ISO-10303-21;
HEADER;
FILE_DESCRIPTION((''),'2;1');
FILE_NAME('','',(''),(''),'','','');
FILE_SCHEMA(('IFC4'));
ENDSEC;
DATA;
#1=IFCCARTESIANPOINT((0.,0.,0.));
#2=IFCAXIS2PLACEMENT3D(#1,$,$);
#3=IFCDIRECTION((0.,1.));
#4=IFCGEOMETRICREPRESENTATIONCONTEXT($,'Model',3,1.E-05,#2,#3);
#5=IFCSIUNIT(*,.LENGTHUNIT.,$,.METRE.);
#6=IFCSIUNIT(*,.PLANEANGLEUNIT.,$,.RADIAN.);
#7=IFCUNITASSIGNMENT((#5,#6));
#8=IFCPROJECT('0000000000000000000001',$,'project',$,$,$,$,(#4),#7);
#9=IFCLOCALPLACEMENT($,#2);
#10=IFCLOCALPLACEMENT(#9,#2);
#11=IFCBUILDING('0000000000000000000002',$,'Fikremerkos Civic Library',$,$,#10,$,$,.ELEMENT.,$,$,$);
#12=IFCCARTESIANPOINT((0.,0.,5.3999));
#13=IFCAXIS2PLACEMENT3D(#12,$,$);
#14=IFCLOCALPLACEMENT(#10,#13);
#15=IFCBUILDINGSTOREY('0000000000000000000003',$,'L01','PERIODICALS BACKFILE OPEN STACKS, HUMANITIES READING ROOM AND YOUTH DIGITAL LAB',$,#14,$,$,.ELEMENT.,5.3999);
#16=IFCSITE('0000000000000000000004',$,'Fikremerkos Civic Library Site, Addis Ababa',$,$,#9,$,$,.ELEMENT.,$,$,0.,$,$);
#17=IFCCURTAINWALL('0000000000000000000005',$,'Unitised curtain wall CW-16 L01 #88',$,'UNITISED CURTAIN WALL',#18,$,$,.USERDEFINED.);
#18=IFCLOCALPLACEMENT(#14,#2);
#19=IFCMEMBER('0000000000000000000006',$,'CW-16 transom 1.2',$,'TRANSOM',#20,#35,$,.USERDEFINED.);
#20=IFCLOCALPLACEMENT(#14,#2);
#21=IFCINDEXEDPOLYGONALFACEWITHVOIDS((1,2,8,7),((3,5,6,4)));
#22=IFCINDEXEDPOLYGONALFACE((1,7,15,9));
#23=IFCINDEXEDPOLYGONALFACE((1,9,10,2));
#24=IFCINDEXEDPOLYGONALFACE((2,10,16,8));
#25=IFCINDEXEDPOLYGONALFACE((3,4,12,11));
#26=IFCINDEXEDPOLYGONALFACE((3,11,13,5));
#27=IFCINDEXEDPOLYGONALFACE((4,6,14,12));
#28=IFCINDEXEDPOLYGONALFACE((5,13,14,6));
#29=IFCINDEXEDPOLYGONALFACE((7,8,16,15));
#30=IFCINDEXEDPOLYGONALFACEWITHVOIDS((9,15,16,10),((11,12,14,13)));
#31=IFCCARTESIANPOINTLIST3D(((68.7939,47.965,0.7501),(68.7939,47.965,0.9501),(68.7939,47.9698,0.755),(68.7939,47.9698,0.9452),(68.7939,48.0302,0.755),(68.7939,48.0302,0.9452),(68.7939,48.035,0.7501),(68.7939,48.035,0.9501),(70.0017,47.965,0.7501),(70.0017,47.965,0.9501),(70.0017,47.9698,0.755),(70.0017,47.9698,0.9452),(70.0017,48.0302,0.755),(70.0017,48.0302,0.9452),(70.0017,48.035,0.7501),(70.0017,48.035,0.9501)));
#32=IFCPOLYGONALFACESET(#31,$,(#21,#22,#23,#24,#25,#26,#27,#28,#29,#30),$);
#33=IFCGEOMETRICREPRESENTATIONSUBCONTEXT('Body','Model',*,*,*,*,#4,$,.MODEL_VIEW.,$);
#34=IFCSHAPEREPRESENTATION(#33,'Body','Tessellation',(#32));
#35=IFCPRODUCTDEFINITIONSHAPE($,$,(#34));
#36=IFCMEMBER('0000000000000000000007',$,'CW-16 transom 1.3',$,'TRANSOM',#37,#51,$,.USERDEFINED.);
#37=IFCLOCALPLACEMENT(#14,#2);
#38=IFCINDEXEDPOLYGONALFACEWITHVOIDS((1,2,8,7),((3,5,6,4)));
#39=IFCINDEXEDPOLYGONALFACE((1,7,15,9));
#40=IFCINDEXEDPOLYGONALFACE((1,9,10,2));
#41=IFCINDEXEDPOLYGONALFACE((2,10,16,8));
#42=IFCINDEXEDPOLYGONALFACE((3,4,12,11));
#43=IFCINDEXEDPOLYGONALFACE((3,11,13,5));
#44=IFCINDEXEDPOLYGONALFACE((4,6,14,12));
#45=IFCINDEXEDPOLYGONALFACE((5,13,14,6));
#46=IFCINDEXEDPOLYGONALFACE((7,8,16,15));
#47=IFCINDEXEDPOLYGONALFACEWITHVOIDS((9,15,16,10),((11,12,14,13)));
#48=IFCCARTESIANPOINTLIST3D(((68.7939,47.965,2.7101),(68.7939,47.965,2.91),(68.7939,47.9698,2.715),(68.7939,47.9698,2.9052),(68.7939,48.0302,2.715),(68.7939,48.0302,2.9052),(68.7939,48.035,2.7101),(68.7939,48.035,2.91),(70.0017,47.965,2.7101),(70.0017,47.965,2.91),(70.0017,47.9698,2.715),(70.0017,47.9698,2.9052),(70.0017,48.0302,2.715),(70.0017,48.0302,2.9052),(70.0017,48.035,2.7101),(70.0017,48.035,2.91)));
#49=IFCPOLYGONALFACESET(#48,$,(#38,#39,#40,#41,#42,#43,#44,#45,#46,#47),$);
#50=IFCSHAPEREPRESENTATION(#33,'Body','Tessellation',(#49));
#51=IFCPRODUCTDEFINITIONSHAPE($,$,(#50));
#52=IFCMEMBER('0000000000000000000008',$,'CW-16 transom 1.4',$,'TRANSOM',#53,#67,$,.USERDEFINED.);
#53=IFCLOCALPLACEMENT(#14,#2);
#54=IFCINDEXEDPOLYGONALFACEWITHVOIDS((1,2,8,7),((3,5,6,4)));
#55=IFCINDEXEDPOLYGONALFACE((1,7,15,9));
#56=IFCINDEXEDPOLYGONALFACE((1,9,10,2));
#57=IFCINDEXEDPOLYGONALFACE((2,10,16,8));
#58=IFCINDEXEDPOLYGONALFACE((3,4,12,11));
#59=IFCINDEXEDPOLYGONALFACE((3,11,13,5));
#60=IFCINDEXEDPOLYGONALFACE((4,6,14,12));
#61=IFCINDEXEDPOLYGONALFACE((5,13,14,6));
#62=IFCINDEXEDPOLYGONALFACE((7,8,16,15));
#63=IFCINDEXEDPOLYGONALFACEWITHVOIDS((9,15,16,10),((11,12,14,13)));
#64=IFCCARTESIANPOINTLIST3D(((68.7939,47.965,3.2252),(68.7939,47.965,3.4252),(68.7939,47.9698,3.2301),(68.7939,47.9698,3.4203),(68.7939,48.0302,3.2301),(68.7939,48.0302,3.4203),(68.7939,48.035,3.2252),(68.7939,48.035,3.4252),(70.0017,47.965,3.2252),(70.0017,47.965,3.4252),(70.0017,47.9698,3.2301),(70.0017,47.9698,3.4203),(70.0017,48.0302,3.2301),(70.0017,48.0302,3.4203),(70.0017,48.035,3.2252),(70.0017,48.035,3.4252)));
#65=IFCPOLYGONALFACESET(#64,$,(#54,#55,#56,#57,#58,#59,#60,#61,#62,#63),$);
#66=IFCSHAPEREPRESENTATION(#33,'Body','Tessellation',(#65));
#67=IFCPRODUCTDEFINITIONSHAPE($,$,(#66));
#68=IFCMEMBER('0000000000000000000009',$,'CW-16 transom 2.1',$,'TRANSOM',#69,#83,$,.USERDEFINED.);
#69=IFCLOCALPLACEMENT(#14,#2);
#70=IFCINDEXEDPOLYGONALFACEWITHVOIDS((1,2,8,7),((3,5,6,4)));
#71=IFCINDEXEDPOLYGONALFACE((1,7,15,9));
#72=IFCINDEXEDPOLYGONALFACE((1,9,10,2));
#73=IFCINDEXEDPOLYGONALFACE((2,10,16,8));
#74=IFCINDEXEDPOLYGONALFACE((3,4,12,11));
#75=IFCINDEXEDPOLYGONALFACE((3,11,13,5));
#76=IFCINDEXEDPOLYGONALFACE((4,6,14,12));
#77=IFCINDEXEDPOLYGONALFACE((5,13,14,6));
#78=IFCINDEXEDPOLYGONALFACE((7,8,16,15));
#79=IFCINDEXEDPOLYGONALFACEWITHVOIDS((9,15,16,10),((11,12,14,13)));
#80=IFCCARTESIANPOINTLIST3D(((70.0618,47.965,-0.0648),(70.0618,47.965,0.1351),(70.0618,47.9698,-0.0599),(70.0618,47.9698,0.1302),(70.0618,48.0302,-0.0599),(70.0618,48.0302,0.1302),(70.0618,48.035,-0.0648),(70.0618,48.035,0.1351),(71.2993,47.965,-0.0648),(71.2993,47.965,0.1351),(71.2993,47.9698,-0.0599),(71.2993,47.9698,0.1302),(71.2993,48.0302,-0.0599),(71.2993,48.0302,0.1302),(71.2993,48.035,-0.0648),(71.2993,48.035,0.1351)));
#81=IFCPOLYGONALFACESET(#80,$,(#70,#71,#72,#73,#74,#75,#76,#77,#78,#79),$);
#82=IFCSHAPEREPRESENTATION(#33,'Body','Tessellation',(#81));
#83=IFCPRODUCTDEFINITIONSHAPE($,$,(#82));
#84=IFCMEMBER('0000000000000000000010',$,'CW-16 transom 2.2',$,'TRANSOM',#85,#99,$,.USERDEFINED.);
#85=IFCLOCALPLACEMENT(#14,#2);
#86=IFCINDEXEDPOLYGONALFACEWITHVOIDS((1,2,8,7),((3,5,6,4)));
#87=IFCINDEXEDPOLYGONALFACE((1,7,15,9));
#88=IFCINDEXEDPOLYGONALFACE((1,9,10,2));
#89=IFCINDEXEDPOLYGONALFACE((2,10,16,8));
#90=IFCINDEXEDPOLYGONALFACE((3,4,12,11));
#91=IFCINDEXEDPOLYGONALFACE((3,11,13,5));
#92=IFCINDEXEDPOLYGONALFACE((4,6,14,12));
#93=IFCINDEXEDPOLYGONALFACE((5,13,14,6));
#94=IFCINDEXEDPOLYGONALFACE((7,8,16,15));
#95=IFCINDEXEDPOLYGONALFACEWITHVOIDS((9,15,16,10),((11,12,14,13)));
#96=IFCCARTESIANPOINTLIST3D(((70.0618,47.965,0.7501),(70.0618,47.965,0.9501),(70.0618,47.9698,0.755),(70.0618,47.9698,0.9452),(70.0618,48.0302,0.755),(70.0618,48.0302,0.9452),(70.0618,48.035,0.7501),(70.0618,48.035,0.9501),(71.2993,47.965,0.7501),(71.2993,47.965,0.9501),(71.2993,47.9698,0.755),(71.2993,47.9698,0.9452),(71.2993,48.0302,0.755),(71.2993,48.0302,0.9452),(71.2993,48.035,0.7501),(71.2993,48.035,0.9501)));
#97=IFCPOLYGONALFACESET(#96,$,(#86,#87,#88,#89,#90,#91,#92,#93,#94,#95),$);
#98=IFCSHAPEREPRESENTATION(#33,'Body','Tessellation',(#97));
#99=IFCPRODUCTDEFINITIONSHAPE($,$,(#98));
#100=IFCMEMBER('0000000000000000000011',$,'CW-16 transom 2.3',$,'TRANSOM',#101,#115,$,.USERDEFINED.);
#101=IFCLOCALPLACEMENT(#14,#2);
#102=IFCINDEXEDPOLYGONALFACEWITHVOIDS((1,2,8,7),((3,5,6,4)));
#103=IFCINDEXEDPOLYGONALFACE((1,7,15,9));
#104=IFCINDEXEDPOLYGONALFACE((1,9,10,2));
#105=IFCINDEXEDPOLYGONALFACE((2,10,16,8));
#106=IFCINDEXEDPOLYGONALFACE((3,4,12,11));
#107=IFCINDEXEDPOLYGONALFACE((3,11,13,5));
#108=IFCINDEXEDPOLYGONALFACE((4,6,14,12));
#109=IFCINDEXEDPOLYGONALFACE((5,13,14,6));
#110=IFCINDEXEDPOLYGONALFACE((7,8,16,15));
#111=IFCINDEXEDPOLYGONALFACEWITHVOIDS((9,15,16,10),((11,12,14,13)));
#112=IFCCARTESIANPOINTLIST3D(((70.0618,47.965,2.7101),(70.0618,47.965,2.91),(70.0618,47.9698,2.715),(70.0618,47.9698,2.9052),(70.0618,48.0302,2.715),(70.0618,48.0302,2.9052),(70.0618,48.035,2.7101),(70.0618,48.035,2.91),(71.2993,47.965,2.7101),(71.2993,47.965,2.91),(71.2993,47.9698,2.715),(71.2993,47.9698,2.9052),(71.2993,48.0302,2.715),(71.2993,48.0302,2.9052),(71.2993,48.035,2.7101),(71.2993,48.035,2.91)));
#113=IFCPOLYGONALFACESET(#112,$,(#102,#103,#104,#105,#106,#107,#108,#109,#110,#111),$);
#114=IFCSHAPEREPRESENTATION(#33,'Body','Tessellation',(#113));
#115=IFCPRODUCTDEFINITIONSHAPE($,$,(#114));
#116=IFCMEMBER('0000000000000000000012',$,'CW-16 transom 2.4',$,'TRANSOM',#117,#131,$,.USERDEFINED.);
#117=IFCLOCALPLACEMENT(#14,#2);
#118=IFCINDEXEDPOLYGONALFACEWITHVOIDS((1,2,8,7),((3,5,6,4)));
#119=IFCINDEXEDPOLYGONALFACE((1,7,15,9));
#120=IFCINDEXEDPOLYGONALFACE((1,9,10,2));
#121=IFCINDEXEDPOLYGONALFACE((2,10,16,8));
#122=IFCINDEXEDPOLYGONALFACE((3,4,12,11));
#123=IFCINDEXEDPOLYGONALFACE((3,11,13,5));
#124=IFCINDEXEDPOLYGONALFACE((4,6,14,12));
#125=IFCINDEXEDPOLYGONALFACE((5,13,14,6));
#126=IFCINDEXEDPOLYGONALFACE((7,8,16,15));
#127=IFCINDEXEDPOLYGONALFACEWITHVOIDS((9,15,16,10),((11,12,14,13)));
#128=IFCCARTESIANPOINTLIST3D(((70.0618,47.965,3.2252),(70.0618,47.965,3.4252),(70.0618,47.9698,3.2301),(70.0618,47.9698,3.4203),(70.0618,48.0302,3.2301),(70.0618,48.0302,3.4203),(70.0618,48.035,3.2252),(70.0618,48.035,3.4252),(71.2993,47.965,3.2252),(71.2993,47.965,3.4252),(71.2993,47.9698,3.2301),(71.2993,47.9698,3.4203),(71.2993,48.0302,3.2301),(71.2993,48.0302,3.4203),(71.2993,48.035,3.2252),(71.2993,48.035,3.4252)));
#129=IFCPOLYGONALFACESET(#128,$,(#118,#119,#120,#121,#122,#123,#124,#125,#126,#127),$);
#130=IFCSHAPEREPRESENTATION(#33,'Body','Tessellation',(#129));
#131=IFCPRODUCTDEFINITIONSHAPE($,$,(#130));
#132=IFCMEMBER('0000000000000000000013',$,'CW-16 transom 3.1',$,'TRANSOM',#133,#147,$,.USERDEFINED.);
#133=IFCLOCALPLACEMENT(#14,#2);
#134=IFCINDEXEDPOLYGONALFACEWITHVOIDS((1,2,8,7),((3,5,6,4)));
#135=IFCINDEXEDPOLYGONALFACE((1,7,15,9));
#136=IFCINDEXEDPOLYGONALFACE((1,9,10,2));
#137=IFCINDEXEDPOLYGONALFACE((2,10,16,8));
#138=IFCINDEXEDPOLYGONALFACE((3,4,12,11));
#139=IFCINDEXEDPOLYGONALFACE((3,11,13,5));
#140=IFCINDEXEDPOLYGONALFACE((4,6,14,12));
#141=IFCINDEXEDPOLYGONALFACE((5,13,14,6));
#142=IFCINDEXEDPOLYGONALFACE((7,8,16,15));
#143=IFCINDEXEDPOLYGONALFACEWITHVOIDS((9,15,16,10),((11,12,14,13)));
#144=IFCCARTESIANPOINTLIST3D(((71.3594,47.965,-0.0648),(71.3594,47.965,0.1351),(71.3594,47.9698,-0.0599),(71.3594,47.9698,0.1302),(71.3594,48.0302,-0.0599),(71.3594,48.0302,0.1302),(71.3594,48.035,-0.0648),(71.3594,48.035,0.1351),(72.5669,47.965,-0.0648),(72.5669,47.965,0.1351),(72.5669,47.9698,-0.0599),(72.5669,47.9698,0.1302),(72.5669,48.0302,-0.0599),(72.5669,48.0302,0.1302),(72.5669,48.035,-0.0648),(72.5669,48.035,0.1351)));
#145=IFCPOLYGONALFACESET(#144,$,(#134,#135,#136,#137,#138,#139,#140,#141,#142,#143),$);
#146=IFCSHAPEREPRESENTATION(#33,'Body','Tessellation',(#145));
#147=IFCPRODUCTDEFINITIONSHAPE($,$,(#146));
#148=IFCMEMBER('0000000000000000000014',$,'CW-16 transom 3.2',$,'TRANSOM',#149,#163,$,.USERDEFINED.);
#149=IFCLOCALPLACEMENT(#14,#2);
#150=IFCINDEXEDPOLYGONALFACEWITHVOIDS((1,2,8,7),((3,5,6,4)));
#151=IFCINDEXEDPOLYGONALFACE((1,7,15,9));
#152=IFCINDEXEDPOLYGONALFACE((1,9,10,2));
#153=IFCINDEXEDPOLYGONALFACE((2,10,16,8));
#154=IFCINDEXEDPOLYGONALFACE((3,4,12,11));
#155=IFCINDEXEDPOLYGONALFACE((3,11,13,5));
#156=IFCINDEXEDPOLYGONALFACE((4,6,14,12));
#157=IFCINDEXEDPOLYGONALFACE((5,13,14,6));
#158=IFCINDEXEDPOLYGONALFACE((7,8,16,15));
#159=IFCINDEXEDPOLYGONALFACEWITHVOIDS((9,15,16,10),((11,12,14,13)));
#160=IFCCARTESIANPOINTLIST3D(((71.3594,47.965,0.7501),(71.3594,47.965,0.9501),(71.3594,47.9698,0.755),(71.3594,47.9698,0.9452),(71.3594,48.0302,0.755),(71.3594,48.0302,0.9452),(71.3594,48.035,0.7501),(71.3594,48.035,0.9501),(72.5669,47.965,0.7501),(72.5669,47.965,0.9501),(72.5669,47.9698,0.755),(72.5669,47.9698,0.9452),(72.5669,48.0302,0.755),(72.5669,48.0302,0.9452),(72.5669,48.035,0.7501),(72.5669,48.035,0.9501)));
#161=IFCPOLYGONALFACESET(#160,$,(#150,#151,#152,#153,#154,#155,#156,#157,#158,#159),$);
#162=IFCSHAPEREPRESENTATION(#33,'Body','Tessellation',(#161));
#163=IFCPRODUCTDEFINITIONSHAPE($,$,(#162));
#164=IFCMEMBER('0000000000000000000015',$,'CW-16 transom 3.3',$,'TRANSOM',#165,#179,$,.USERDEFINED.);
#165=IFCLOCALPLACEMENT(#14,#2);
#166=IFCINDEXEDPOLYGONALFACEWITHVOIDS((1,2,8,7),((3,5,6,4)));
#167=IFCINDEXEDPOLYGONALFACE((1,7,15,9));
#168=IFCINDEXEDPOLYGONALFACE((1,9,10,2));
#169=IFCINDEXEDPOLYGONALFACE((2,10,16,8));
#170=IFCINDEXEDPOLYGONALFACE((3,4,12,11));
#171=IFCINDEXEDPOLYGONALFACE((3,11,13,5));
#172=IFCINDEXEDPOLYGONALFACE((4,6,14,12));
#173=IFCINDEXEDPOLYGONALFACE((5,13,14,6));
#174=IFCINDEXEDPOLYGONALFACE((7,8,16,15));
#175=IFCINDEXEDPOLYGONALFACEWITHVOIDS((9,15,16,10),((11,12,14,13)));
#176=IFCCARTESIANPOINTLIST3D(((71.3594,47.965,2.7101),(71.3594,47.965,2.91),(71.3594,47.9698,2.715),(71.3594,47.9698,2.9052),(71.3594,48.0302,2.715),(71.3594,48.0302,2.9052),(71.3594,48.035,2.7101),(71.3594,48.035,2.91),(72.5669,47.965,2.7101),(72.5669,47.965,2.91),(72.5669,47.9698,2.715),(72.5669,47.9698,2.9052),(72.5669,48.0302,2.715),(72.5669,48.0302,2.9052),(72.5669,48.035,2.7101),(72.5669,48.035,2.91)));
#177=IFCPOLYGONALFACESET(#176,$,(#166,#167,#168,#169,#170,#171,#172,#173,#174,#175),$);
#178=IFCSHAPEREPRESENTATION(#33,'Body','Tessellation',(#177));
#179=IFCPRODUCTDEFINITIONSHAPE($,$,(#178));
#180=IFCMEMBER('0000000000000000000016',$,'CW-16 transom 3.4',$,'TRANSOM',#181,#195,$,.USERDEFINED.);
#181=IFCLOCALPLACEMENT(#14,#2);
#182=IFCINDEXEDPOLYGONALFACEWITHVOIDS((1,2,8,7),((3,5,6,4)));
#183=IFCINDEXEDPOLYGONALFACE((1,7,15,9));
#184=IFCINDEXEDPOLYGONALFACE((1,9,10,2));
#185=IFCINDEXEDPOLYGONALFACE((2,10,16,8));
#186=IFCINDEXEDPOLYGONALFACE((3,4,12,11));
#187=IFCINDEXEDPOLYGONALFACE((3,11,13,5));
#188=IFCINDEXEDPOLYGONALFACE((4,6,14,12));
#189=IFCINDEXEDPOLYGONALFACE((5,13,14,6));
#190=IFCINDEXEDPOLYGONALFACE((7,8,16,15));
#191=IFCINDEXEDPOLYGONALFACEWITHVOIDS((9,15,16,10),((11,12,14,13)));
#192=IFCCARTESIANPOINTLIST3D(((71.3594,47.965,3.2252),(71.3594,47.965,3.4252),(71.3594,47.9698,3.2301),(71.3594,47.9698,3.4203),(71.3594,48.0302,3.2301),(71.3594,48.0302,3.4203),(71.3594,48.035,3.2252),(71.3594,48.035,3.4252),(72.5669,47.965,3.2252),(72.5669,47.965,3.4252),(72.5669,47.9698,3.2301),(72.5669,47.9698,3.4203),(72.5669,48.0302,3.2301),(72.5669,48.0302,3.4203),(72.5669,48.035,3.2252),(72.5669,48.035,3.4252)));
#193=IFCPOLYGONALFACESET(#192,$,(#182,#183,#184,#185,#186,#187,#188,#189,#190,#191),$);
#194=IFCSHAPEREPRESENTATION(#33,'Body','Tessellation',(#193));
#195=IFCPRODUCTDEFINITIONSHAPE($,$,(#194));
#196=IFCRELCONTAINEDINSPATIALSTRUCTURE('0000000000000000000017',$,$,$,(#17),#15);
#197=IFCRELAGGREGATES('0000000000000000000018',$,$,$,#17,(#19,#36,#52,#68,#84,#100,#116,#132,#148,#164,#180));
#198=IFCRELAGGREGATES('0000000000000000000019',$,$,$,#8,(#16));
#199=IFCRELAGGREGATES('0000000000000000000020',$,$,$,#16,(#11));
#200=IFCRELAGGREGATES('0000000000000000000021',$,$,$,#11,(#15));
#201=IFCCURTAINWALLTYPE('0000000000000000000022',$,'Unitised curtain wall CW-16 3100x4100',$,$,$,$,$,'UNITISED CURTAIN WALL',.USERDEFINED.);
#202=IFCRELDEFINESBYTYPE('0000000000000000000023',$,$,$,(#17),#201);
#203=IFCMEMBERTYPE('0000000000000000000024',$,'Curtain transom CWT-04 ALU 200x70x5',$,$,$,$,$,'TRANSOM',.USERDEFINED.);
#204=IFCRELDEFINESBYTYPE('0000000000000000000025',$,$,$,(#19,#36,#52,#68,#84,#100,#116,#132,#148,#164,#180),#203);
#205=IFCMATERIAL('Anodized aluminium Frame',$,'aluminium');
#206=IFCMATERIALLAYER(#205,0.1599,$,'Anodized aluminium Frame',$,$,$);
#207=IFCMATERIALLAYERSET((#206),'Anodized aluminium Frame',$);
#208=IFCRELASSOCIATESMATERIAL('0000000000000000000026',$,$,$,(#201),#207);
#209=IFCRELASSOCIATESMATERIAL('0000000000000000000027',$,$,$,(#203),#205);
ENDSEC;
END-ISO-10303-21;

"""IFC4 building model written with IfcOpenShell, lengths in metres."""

from ifc_helpers import new_model, si_unit, direction, frame, origin, origin_2d, place, context, subcontext, project, spatial, hollow_rectangle, extrude, material, layer, layer_set, material_profile, profile_set, type_object, element, aggregate, save


model = new_model("IFC4")

# Units and contexts
model_context = context("Model", 3, precision=1e-05, world=origin(), true_north=direction((0.0, 1.0)))
body_context = subcontext(model_context, "Body", "Model", "MODEL_VIEW")
ifc_project = project(units=[si_unit("LENGTHUNIT", "METRE"), si_unit("PLANEANGLEUNIT", "RADIAN")], contexts=[model_context])

# Site, building, storey
site_placement = place(None, origin())
site = spatial("IfcSite", under=ifc_project, at=site_placement, Name="Fikremerkos Civic Library Site, Addis Ababa", CompositionType="ELEMENT", RefElevation=0.0)
building_placement = place(site_placement, origin())
building = spatial("IfcBuilding", under=site, at=building_placement, Name="Fikremerkos Civic Library", CompositionType="ELEMENT")
storey_placement = place(building_placement, frame((0.0, 0.0, 5.3999)))
storey = spatial("IfcBuildingStorey", under=building, at=storey_placement, Name="L01", Description="PERIODICALS BACKFILE OPEN STACKS, HUMANITIES READING ROOM AND YOUTH DIGITAL LAB", CompositionType="ELEMENT", Elevation=5.3999)

# Shared definitions
ifc_material_1 = material(Name="Anodized aluminium Frame", Category="aluminium")

# Curtain wall
ifc_layer_1 = layer(ifc_material_1, 0.1599, Name="Anodized aluminium Frame")
ifc_layer_set_1 = layer_set([ifc_layer_1], Name="Anodized aluminium Frame")
curtain_wall_type_1 = type_object("IfcCurtainWallType", Name="Unitised curtain wall CW-16 3100x4100", ElementType="UNITISED CURTAIN WALL", PredefinedType="USERDEFINED", material=ifc_layer_set_1)
curtain_wall_1_placement = place(storey_placement, origin())
curtain_wall_1 = element("IfcCurtainWall", 1, at=curtain_wall_1_placement, inside=storey, type_object=curtain_wall_type_1, Name="Unitised curtain wall CW-16 L01 #88", ObjectType="UNITISED CURTAIN WALL", PredefinedType="USERDEFINED")

# Members
ifc_material_profile_1 = material_profile(ifc_material_1, hollow_rectangle(XDim=0.0701, YDim=0.2, WallThickness=0.0049, at=origin_2d()), Name="ALU 200x70x5")
ifc_profile_set_1 = profile_set([ifc_material_profile_1], Name="Anodized aluminium Frame")
member_type_1 = type_object("IfcMemberType", Name="Curtain transom CWT-04 ALU 200x70x5", ElementType="TRANSOM", PredefinedType="USERDEFINED", material=ifc_profile_set_1)
member_1_placement = place(storey_placement, frame((68.7939, 48.0, 0.8501), z_axis=(1.0, 0.0, 0.0), x_axis=(0.0, 1.0, 0.0)))
member_1 = element("IfcMember", 2, at=member_1_placement, type_object=member_type_1, Name="CW-16 transom 1.2", ObjectType="TRANSOM", PredefinedType="USERDEFINED", context=body_context, shape_type="SweptSolid", body=[
    extrude(hollow_rectangle(XDim=0.0701, YDim=0.2, WallThickness=0.0049, at=origin_2d()), origin(), (0.0, 0.0, 1.0), 1.2078),
])
member_2_placement = place(storey_placement, frame((68.7939, 48.0, 2.8101), z_axis=(1.0, 0.0, 0.0), x_axis=(0.0, 1.0, 0.0)))
member_2 = element("IfcMember", 3, at=member_2_placement, type_object=member_type_1, Name="CW-16 transom 1.3", ObjectType="TRANSOM", PredefinedType="USERDEFINED", context=body_context, shape_type="SweptSolid", body=[
    extrude(hollow_rectangle(XDim=0.0701, YDim=0.2, WallThickness=0.0049, at=origin_2d()), origin(), (0.0, 0.0, 1.0), 1.2078),
])
member_3_placement = place(storey_placement, frame((68.7939, 48.0, 3.3252), z_axis=(1.0, 0.0, 0.0), x_axis=(0.0, 1.0, 0.0)))
member_3 = element("IfcMember", 4, at=member_3_placement, type_object=member_type_1, Name="CW-16 transom 1.4", ObjectType="TRANSOM", PredefinedType="USERDEFINED", context=body_context, shape_type="SweptSolid", body=[
    extrude(hollow_rectangle(XDim=0.0701, YDim=0.2, WallThickness=0.0049, at=origin_2d()), origin(), (0.0, 0.0, 1.0), 1.2078),
])
member_4_placement = place(storey_placement, frame((70.0618, 48.0, 0.0352), z_axis=(1.0, 0.0, 0.0), x_axis=(0.0, 1.0, 0.0)))
member_4 = element("IfcMember", 5, at=member_4_placement, type_object=member_type_1, Name="CW-16 transom 2.1", ObjectType="TRANSOM", PredefinedType="USERDEFINED", context=body_context, shape_type="SweptSolid", body=[
    extrude(hollow_rectangle(XDim=0.0701, YDim=0.2, WallThickness=0.0049, at=origin_2d()), origin(), (0.0, 0.0, 1.0), 1.2375),
])
member_5_placement = place(storey_placement, frame((70.0618, 48.0, 0.8501), z_axis=(1.0, 0.0, 0.0), x_axis=(0.0, 1.0, 0.0)))
member_5 = element("IfcMember", 6, at=member_5_placement, type_object=member_type_1, Name="CW-16 transom 2.2", ObjectType="TRANSOM", PredefinedType="USERDEFINED", context=body_context, shape_type="SweptSolid", body=[
    extrude(hollow_rectangle(XDim=0.0701, YDim=0.2, WallThickness=0.0049, at=origin_2d()), origin(), (0.0, 0.0, 1.0), 1.2375),
])
member_6_placement = place(storey_placement, frame((70.0618, 48.0, 2.8101), z_axis=(1.0, 0.0, 0.0), x_axis=(0.0, 1.0, 0.0)))
member_6 = element("IfcMember", 7, at=member_6_placement, type_object=member_type_1, Name="CW-16 transom 2.3", ObjectType="TRANSOM", PredefinedType="USERDEFINED", context=body_context, shape_type="SweptSolid", body=[
    extrude(hollow_rectangle(XDim=0.0701, YDim=0.2, WallThickness=0.0049, at=origin_2d()), origin(), (0.0, 0.0, 1.0), 1.2375),
])
member_7_placement = place(storey_placement, frame((70.0618, 48.0, 3.3252), z_axis=(1.0, 0.0, 0.0), x_axis=(0.0, 1.0, 0.0)))
member_7 = element("IfcMember", 8, at=member_7_placement, type_object=member_type_1, Name="CW-16 transom 2.4", ObjectType="TRANSOM", PredefinedType="USERDEFINED", context=body_context, shape_type="SweptSolid", body=[
    extrude(hollow_rectangle(XDim=0.0701, YDim=0.2, WallThickness=0.0049, at=origin_2d()), origin(), (0.0, 0.0, 1.0), 1.2375),
])
member_8_placement = place(storey_placement, frame((71.3594, 48.0, 0.0352), z_axis=(1.0, 0.0, 0.0), x_axis=(0.0, 1.0, 0.0)))
member_8 = element("IfcMember", 9, at=member_8_placement, type_object=member_type_1, Name="CW-16 transom 3.1", ObjectType="TRANSOM", PredefinedType="USERDEFINED", context=body_context, shape_type="SweptSolid", body=[
    extrude(hollow_rectangle(XDim=0.0701, YDim=0.2, WallThickness=0.0049, at=origin_2d()), origin(), (0.0, 0.0, 1.0), 1.2075),
])
member_9_placement = place(storey_placement, frame((71.3594, 48.0, 0.8501), z_axis=(1.0, 0.0, 0.0), x_axis=(0.0, 1.0, 0.0)))
member_9 = element("IfcMember", 10, at=member_9_placement, type_object=member_type_1, Name="CW-16 transom 3.2", ObjectType="TRANSOM", PredefinedType="USERDEFINED", context=body_context, shape_type="SweptSolid", body=[
    extrude(hollow_rectangle(XDim=0.0701, YDim=0.2, WallThickness=0.0049, at=origin_2d()), origin(), (0.0, 0.0, 1.0), 1.2075),
])
member_10_placement = place(storey_placement, frame((71.3594, 48.0, 2.8101), z_axis=(1.0, 0.0, 0.0), x_axis=(0.0, 1.0, 0.0)))
member_10 = element("IfcMember", 11, at=member_10_placement, type_object=member_type_1, Name="CW-16 transom 3.3", ObjectType="TRANSOM", PredefinedType="USERDEFINED", context=body_context, shape_type="SweptSolid", body=[
    extrude(hollow_rectangle(XDim=0.0701, YDim=0.2, WallThickness=0.0049, at=origin_2d()), origin(), (0.0, 0.0, 1.0), 1.2075),
])
member_11_placement = place(storey_placement, frame((71.3594, 48.0, 3.3252), z_axis=(1.0, 0.0, 0.0), x_axis=(0.0, 1.0, 0.0)))
member_11 = element("IfcMember", 12, at=member_11_placement, type_object=member_type_1, Name="CW-16 transom 3.4", ObjectType="TRANSOM", PredefinedType="USERDEFINED", context=body_context, shape_type="SweptSolid", body=[
    extrude(hollow_rectangle(XDim=0.0701, YDim=0.2, WallThickness=0.0049, at=origin_2d()), origin(), (0.0, 0.0, 1.0), 1.2075),
])

aggregate(curtain_wall_1, [member_1, member_2, member_3, member_4, member_5, member_6, member_7, member_8, member_9, member_10, member_11])

save(model, "model.ifc")
